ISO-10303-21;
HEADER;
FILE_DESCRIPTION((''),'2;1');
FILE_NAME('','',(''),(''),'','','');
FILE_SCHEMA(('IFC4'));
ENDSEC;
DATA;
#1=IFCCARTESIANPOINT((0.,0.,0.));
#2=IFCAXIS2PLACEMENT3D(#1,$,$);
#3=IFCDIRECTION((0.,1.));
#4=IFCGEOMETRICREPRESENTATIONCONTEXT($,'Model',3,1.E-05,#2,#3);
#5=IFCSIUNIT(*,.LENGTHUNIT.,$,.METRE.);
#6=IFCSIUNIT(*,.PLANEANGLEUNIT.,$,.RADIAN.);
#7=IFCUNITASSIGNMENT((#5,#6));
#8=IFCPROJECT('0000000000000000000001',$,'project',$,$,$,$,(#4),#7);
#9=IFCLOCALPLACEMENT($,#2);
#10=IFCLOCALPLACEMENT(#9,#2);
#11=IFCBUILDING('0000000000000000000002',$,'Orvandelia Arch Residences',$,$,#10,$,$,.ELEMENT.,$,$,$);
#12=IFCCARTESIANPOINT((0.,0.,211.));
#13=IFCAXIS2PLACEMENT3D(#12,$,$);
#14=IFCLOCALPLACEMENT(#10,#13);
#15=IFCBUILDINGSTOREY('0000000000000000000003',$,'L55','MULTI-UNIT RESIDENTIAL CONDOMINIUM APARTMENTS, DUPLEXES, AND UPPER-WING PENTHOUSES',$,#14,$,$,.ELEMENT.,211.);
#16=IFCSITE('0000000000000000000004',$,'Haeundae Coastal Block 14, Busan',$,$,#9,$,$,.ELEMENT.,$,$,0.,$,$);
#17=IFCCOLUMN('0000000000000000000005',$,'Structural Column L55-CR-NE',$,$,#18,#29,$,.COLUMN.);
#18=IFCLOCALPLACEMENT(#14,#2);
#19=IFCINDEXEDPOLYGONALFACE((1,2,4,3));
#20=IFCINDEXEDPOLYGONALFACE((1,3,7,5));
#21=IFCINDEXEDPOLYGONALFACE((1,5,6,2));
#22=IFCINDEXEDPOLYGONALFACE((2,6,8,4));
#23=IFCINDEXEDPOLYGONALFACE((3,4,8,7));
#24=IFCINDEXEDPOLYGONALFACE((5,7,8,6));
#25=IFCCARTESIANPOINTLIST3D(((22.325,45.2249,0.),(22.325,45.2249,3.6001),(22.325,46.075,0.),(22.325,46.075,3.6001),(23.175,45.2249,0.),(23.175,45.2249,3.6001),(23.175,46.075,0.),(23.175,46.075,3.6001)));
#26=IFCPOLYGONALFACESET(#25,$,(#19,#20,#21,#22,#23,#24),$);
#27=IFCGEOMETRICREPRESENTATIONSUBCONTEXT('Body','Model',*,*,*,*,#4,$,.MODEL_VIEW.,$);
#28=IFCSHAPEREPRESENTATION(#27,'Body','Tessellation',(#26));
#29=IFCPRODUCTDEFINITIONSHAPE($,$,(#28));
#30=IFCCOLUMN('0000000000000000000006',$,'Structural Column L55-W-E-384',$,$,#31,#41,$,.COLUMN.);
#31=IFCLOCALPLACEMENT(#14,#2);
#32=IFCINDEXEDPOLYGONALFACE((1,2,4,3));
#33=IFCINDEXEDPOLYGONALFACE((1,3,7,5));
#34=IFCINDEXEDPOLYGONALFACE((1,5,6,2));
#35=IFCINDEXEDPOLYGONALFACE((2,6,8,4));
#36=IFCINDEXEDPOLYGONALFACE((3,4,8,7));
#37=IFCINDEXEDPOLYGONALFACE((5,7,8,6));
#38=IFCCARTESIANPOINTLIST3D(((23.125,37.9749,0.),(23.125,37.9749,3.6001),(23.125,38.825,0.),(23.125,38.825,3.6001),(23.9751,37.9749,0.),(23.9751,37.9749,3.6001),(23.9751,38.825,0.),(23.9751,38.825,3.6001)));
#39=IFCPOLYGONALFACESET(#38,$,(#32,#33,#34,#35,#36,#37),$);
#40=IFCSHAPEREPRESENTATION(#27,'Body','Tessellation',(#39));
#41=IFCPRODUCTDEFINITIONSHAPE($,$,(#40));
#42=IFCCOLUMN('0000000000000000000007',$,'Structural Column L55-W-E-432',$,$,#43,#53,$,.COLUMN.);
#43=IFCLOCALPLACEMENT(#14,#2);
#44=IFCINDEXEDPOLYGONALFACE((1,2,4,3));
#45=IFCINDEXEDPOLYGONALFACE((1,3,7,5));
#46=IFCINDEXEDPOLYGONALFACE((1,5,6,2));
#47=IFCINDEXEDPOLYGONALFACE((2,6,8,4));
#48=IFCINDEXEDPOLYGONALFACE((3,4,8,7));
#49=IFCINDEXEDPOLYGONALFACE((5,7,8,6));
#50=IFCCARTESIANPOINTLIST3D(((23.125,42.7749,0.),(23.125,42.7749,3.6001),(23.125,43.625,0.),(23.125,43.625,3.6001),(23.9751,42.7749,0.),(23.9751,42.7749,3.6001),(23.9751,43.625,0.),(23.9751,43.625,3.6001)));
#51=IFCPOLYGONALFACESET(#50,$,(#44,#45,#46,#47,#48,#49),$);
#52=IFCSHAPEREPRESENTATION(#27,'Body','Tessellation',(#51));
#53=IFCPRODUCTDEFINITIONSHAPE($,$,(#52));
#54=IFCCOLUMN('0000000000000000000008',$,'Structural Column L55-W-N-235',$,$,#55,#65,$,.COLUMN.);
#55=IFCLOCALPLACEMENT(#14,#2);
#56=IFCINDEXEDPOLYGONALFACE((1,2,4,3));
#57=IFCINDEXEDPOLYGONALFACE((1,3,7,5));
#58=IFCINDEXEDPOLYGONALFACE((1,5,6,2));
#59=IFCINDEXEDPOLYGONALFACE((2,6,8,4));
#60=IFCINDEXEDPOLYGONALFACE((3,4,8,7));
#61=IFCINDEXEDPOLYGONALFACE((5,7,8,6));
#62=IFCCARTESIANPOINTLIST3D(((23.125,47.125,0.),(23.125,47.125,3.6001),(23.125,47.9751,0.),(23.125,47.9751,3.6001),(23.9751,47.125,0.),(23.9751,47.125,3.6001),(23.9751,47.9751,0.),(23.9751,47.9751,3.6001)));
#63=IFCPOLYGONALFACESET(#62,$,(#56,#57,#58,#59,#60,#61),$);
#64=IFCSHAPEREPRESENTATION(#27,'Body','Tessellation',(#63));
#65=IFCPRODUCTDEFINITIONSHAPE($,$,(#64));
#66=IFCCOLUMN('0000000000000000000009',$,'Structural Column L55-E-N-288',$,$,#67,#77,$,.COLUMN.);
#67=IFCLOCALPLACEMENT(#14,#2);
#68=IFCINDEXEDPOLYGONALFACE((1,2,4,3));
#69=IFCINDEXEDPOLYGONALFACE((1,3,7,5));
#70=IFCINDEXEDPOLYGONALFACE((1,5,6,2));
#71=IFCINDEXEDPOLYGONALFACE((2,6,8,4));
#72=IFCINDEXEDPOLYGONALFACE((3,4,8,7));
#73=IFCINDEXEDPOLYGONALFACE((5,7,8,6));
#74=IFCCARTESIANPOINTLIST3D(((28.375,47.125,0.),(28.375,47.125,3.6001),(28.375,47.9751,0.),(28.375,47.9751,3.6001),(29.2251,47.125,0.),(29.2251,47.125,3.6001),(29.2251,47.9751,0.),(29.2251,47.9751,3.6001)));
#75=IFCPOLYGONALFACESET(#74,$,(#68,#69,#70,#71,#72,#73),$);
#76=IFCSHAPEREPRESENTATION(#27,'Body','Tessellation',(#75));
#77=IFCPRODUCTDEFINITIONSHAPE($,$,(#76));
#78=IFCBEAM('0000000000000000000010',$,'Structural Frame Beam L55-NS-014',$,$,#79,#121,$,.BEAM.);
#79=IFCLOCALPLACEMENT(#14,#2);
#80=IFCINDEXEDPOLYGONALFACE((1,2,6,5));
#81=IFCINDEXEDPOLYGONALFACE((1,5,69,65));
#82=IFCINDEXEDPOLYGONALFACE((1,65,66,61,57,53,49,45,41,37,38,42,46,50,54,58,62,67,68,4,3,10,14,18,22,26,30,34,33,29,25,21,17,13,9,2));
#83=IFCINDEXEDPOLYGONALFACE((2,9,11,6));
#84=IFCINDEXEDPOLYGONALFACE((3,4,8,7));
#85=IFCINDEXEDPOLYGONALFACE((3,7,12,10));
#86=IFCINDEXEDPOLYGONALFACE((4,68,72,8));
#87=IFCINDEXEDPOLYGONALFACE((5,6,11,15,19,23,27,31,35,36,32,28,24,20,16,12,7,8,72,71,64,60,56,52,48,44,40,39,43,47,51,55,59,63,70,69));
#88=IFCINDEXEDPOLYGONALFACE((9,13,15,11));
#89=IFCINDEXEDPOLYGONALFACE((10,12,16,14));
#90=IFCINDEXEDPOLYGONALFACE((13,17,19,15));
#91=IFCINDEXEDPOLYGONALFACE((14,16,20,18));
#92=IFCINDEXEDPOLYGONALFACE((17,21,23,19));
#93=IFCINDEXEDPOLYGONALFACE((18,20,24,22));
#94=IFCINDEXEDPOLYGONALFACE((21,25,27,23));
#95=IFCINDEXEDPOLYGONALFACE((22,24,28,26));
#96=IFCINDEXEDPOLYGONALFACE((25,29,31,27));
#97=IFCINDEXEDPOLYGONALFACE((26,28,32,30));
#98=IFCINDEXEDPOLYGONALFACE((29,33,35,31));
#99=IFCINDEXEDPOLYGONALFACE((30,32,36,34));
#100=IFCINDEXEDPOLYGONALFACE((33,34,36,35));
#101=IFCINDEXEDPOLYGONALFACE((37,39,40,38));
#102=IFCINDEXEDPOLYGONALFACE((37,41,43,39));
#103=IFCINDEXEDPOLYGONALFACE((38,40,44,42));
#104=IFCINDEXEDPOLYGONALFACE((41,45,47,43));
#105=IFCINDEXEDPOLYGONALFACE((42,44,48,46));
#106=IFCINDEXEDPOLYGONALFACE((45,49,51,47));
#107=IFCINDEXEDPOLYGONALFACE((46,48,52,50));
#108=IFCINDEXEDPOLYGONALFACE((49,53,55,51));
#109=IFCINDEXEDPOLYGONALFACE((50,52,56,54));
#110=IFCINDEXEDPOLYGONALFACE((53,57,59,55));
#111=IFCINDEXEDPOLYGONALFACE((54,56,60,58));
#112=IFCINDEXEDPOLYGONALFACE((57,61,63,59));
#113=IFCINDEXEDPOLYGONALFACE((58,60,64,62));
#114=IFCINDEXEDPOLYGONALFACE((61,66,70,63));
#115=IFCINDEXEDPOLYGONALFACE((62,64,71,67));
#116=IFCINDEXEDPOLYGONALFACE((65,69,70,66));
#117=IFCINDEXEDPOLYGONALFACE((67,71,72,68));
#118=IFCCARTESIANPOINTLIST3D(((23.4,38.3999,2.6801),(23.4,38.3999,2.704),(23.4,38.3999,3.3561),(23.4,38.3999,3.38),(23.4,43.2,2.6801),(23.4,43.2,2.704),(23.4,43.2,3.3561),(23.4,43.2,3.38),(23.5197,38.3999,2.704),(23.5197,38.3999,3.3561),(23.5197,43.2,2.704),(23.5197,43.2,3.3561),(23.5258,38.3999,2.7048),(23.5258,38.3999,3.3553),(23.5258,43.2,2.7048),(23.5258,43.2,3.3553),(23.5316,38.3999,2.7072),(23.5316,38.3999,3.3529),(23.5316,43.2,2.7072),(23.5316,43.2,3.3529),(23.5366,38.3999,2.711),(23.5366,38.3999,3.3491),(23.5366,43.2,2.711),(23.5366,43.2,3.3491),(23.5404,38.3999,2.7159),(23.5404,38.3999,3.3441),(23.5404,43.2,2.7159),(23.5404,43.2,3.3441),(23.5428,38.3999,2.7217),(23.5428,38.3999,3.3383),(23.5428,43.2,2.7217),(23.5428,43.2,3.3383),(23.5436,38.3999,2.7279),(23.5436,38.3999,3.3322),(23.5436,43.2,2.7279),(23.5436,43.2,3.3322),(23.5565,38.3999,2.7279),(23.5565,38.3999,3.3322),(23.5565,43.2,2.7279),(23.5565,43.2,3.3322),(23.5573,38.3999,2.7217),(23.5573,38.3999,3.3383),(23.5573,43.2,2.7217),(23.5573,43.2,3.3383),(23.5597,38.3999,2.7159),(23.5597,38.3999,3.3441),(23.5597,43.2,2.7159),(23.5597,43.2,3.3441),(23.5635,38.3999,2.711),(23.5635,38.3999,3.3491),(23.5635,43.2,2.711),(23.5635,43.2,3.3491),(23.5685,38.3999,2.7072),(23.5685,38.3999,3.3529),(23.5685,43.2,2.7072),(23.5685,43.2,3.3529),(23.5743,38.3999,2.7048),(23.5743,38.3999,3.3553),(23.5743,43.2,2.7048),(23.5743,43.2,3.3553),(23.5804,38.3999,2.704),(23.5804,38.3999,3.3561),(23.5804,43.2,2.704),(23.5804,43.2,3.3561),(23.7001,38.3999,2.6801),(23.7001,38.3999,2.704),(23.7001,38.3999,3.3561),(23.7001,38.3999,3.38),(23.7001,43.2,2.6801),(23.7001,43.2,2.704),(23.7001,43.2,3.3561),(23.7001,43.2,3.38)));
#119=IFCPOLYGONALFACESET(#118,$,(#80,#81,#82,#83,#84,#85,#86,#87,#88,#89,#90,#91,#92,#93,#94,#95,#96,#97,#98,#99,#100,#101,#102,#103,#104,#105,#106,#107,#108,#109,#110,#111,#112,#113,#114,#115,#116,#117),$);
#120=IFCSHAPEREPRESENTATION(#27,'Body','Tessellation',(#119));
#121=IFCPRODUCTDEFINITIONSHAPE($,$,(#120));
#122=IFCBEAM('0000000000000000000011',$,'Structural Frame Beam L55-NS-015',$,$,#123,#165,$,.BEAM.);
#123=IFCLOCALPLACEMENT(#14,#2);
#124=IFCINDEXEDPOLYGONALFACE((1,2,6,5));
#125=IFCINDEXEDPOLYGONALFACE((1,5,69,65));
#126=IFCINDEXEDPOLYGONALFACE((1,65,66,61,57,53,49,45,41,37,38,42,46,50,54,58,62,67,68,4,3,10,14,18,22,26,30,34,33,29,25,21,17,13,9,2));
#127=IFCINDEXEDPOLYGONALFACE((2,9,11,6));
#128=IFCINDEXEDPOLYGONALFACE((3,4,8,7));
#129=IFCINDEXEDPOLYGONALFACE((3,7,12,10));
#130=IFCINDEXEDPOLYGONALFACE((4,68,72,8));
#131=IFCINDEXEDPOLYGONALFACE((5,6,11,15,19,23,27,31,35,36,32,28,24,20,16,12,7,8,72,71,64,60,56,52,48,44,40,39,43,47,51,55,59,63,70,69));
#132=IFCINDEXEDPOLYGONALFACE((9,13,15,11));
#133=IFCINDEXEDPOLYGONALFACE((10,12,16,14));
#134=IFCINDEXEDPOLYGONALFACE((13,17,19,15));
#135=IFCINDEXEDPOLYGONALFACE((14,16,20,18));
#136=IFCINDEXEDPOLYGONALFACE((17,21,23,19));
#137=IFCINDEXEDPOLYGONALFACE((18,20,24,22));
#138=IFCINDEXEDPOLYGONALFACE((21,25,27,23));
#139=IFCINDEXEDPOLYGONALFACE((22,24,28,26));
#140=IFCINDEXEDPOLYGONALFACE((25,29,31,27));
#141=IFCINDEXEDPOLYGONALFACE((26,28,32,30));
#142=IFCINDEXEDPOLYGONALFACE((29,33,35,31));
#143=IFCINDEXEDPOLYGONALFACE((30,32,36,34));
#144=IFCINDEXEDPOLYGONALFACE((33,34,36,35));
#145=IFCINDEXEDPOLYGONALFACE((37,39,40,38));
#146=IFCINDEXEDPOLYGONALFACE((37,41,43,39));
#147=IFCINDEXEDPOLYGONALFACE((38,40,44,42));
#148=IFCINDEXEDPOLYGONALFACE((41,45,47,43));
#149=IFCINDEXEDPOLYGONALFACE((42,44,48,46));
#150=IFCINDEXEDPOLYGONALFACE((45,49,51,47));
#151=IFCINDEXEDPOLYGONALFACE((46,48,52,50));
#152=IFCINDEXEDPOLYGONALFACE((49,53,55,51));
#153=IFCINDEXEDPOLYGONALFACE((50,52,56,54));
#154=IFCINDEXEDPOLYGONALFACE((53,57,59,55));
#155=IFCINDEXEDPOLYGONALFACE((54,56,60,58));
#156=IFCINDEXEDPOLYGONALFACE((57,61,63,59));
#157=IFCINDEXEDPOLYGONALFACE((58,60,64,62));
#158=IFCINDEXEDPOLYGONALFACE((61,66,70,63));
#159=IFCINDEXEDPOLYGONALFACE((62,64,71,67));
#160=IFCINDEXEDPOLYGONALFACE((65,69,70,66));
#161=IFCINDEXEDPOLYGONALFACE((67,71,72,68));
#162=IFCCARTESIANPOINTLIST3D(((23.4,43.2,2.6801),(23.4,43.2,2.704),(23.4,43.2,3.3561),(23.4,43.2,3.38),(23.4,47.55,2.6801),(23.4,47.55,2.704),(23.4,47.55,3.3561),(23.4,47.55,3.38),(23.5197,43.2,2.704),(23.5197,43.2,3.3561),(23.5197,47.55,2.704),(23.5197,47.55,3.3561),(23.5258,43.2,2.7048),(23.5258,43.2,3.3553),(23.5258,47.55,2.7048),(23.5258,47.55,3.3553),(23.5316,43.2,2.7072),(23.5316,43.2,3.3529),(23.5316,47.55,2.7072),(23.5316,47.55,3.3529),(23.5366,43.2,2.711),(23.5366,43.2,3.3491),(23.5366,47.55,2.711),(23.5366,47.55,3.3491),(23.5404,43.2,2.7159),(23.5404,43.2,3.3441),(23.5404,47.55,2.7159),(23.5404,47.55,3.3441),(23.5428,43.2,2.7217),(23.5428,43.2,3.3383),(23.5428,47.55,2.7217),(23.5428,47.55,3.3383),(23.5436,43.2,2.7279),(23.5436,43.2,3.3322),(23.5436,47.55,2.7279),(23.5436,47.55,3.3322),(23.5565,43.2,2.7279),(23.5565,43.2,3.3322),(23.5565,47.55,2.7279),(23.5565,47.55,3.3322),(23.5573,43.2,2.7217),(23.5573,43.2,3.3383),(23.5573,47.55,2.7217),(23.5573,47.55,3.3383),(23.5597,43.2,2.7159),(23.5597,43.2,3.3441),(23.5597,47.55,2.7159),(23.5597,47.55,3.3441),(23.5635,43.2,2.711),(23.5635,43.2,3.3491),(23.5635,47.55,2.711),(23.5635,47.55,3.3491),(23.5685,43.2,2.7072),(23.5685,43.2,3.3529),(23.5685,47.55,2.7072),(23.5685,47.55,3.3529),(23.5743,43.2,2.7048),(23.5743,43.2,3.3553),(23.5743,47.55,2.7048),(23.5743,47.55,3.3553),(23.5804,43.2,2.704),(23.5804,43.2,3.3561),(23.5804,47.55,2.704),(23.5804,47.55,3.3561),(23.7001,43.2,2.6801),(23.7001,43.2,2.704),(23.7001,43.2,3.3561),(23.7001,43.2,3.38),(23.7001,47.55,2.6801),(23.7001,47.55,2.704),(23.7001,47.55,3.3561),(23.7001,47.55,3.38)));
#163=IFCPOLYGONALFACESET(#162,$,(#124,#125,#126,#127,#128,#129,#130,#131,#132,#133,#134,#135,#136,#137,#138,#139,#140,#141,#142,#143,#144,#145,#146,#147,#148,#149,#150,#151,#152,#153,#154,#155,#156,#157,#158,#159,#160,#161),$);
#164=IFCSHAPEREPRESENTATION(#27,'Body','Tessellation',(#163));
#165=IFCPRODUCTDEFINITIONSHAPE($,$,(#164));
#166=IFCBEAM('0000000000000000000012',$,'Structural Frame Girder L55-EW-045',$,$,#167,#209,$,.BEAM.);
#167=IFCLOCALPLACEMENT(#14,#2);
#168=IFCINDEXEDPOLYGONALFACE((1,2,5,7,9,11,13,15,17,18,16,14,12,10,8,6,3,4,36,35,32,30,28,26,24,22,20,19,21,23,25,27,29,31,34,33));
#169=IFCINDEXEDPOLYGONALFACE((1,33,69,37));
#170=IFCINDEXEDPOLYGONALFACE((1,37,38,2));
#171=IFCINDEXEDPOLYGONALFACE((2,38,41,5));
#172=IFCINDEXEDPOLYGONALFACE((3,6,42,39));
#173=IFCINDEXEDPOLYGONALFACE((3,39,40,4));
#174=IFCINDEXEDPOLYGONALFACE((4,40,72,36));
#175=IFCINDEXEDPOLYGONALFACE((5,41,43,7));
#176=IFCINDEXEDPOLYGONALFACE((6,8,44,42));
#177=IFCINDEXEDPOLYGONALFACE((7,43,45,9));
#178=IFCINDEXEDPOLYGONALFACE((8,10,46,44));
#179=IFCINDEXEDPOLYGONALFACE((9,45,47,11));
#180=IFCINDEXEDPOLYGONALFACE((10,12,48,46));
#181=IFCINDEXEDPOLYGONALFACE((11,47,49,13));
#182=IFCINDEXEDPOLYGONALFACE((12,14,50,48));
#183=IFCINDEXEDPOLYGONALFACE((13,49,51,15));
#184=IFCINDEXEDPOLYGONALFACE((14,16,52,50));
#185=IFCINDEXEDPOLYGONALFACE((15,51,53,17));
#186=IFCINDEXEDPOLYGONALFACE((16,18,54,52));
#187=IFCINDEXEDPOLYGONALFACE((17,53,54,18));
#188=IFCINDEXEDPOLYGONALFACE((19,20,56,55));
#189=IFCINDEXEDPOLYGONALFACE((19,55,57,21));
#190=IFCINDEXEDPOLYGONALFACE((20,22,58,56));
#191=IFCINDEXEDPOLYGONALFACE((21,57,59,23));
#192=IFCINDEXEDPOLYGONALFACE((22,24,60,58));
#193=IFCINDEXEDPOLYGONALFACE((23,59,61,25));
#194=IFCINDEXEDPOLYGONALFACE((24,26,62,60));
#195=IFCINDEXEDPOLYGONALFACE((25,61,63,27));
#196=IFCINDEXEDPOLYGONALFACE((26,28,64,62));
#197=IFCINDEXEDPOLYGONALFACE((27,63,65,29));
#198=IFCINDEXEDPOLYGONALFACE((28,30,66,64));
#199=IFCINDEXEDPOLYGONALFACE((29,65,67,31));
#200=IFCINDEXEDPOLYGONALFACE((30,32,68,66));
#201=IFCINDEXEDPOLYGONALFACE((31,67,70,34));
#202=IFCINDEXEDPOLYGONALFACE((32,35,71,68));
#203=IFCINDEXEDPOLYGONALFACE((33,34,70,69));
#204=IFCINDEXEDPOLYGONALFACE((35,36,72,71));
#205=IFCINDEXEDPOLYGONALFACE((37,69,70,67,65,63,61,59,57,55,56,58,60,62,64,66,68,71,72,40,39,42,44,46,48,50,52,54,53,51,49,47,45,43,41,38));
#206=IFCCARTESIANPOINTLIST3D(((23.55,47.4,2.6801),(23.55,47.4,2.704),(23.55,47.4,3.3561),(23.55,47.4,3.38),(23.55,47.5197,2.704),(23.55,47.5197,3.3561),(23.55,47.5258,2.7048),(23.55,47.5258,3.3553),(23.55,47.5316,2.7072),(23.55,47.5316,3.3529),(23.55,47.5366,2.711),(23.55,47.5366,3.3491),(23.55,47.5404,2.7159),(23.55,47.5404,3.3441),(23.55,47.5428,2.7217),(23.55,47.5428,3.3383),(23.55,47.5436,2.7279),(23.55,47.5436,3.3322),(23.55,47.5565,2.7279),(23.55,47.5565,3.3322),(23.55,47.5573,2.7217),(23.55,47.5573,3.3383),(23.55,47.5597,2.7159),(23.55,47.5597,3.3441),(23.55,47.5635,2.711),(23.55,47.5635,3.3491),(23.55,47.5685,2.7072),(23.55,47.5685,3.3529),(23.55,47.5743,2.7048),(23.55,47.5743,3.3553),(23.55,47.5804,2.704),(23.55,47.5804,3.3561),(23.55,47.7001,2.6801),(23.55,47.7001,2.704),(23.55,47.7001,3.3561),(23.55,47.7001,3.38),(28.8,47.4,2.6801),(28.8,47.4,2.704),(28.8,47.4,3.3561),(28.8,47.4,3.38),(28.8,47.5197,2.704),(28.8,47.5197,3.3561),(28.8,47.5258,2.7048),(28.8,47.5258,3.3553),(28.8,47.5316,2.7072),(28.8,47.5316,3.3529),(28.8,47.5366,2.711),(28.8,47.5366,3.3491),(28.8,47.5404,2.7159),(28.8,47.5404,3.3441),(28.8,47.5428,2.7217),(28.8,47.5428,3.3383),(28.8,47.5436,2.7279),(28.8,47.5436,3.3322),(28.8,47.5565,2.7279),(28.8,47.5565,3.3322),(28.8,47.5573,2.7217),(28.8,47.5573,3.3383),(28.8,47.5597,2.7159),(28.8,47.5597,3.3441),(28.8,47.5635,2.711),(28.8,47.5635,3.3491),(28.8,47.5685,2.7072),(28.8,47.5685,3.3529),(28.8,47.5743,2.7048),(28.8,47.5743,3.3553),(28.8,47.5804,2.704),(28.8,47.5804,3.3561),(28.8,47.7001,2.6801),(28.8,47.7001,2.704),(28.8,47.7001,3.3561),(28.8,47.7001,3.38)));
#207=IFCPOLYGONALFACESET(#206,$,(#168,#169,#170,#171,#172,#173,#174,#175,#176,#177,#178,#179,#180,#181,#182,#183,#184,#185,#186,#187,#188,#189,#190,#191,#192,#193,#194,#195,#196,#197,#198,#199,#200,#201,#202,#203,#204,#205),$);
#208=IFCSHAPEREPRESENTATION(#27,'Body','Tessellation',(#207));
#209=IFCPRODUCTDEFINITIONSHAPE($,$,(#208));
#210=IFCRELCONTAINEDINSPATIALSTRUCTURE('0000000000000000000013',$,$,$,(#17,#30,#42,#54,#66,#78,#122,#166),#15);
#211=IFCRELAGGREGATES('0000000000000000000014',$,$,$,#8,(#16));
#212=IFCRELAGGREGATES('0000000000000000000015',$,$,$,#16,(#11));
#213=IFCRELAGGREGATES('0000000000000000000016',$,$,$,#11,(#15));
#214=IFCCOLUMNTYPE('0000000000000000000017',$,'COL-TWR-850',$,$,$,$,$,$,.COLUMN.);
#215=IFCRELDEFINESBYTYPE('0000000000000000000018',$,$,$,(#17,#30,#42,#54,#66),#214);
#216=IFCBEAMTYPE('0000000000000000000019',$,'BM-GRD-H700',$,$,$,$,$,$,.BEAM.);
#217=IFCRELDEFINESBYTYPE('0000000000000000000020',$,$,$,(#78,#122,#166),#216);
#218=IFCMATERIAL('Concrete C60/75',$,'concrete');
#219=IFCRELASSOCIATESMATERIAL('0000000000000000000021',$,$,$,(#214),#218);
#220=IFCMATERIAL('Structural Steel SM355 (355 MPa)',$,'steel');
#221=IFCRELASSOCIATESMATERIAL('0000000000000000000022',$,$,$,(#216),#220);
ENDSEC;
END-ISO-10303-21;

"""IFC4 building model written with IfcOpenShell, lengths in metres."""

from ifc_helpers import new_model, si_unit, direction, frame, origin, origin_2d, place, context, subcontext, project, spatial, rectangle, i_section, extrude, material, material_profile, profile_set, type_object, element, save


model = new_model("IFC4")

# Units and contexts
model_context = context("Model", 3, precision=1e-05, world=origin(), true_north=direction((0.0, 1.0)))
body_context = subcontext(model_context, "Body", "Model", "MODEL_VIEW")
ifc_project = project(units=[si_unit("LENGTHUNIT", "METRE"), si_unit("PLANEANGLEUNIT", "RADIAN")], contexts=[model_context])

# Site, building, storey
site_placement = place(None, origin())
site = spatial("IfcSite", under=ifc_project, at=site_placement, Name="Haeundae Coastal Block 14, Busan", CompositionType="ELEMENT", RefElevation=0.0)
building_placement = place(site_placement, origin())
building = spatial("IfcBuilding", under=site, at=building_placement, Name="Orvandelia Arch Residences", CompositionType="ELEMENT")
storey_placement = place(building_placement, frame((0.0, 0.0, 211.0)))
storey = spatial("IfcBuildingStorey", under=building, at=storey_placement, Name="L55", Description="MULTI-UNIT RESIDENTIAL CONDOMINIUM APARTMENTS, DUPLEXES, AND UPPER-WING PENTHOUSES", CompositionType="ELEMENT", Elevation=211.0)

# Columns
ifc_material_1 = material(Name="Concrete C60/75", Category="concrete")
ifc_material_profile_1 = material_profile(ifc_material_1, rectangle(XDim=0.8501, YDim=0.8501, at=origin_2d()), Name="Concrete C60/75", Category="concrete")
ifc_profile_set_1 = profile_set([ifc_material_profile_1], Name="Concrete C60/75")
column_type = type_object("IfcColumnType", Name="COL-TWR-850", PredefinedType="COLUMN", material=ifc_profile_set_1)
for number, where, z_axis, x_axis, name in (
    (1, (22.75, 45.6499, 0.0), (0.0, 0.0, 1.0), (1.0, 0.0, 0.0), "Structural Column L55-CR-NE"),
    (2, (23.55, 38.3999, 0.0), (0.0, 0.0, 1.0), (1.0, 0.0, 0.0), "Structural Column L55-W-E-384"),
    (3, (23.55, 43.2, 0.0), (0.0, 0.0, 1.0), (1.0, 0.0, 0.0), "Structural Column L55-W-E-432"),
    (4, (23.55, 47.55, 0.0), (0.0, 0.0, 1.0), (1.0, 0.0, 0.0), "Structural Column L55-W-N-235"),
    (5, (28.8, 47.55, 0.0), (0.0, 0.0, 1.0), (1.0, 0.0, 0.0), "Structural Column L55-E-N-288"),
):
    element("IfcColumn", number, at=place(storey_placement, frame(where, z_axis=z_axis, x_axis=x_axis)), inside=storey, type_object=column_type, Name=name, PredefinedType="COLUMN", context=body_context, shape_type="SweptSolid", body=[
        extrude(rectangle(XDim=0.8501, YDim=0.8501, at=origin_2d()), origin(), (0.0, 0.0, 1.0), 3.6001),
    ])

# Beams
ifc_material_2 = material(Name="Structural Steel SM355 (355 MPa)", Category="steel")
ifc_material_profile_2 = material_profile(ifc_material_2, i_section(OverallWidth=0.3, OverallDepth=0.7, WebThickness=0.0129, FlangeThickness=0.0239, FilletRadius=0.0239, at=origin_2d()), Name="Structural Steel SM355 (355 MPa)", Category="steel")
ifc_profile_set_2 = profile_set([ifc_material_profile_2], Name="Structural Steel SM355 (355 MPa)")
beam_type = type_object("IfcBeamType", Name="BM-GRD-H700", PredefinedType="BEAM", material=ifc_profile_set_2)
beam_1_placement = place(storey_placement, frame((23.55, 38.3999, 3.03), z_axis=(0.0, 1.0, 0.0), x_axis=(-1.0, 0.0, 0.0)))
element("IfcBeam", 6, at=beam_1_placement, inside=storey, type_object=beam_type, Name="Structural Frame Beam L55-NS-014", PredefinedType="BEAM", context=body_context, shape_type="SweptSolid", body=[
    extrude(i_section(OverallWidth=0.3, OverallDepth=0.7, WebThickness=0.0129, FlangeThickness=0.0239, FilletRadius=0.0239, at=origin_2d()), origin(), (0.0, 0.0, 1.0), 4.8),
])
beam_2_placement = place(storey_placement, frame((23.55, 43.2, 3.03), z_axis=(0.0, 1.0, 0.0), x_axis=(-1.0, 0.0, 0.0)))
element("IfcBeam", 7, at=beam_2_placement, inside=storey, type_object=beam_type, Name="Structural Frame Beam L55-NS-015", PredefinedType="BEAM", context=body_context, shape_type="SweptSolid", body=[
    extrude(i_section(OverallWidth=0.3, OverallDepth=0.7, WebThickness=0.0129, FlangeThickness=0.0239, FilletRadius=0.0239, at=origin_2d()), origin(), (0.0, 0.0, 1.0), 4.3501),
])
beam_3_placement = place(storey_placement, frame((23.55, 47.55, 3.03), z_axis=(1.0, 0.0, 0.0), x_axis=(0.0, 1.0, 0.0)))
element("IfcBeam", 8, at=beam_3_placement, inside=storey, type_object=beam_type, Name="Structural Frame Girder L55-EW-045", PredefinedType="BEAM", context=body_context, shape_type="SweptSolid", body=[
    extrude(i_section(OverallWidth=0.3, OverallDepth=0.7, WebThickness=0.0129, FlangeThickness=0.0239, FilletRadius=0.0239, at=origin_2d()), origin(), (0.0, 0.0, 1.0), 5.25),
])

save(model, "model.ifc")
